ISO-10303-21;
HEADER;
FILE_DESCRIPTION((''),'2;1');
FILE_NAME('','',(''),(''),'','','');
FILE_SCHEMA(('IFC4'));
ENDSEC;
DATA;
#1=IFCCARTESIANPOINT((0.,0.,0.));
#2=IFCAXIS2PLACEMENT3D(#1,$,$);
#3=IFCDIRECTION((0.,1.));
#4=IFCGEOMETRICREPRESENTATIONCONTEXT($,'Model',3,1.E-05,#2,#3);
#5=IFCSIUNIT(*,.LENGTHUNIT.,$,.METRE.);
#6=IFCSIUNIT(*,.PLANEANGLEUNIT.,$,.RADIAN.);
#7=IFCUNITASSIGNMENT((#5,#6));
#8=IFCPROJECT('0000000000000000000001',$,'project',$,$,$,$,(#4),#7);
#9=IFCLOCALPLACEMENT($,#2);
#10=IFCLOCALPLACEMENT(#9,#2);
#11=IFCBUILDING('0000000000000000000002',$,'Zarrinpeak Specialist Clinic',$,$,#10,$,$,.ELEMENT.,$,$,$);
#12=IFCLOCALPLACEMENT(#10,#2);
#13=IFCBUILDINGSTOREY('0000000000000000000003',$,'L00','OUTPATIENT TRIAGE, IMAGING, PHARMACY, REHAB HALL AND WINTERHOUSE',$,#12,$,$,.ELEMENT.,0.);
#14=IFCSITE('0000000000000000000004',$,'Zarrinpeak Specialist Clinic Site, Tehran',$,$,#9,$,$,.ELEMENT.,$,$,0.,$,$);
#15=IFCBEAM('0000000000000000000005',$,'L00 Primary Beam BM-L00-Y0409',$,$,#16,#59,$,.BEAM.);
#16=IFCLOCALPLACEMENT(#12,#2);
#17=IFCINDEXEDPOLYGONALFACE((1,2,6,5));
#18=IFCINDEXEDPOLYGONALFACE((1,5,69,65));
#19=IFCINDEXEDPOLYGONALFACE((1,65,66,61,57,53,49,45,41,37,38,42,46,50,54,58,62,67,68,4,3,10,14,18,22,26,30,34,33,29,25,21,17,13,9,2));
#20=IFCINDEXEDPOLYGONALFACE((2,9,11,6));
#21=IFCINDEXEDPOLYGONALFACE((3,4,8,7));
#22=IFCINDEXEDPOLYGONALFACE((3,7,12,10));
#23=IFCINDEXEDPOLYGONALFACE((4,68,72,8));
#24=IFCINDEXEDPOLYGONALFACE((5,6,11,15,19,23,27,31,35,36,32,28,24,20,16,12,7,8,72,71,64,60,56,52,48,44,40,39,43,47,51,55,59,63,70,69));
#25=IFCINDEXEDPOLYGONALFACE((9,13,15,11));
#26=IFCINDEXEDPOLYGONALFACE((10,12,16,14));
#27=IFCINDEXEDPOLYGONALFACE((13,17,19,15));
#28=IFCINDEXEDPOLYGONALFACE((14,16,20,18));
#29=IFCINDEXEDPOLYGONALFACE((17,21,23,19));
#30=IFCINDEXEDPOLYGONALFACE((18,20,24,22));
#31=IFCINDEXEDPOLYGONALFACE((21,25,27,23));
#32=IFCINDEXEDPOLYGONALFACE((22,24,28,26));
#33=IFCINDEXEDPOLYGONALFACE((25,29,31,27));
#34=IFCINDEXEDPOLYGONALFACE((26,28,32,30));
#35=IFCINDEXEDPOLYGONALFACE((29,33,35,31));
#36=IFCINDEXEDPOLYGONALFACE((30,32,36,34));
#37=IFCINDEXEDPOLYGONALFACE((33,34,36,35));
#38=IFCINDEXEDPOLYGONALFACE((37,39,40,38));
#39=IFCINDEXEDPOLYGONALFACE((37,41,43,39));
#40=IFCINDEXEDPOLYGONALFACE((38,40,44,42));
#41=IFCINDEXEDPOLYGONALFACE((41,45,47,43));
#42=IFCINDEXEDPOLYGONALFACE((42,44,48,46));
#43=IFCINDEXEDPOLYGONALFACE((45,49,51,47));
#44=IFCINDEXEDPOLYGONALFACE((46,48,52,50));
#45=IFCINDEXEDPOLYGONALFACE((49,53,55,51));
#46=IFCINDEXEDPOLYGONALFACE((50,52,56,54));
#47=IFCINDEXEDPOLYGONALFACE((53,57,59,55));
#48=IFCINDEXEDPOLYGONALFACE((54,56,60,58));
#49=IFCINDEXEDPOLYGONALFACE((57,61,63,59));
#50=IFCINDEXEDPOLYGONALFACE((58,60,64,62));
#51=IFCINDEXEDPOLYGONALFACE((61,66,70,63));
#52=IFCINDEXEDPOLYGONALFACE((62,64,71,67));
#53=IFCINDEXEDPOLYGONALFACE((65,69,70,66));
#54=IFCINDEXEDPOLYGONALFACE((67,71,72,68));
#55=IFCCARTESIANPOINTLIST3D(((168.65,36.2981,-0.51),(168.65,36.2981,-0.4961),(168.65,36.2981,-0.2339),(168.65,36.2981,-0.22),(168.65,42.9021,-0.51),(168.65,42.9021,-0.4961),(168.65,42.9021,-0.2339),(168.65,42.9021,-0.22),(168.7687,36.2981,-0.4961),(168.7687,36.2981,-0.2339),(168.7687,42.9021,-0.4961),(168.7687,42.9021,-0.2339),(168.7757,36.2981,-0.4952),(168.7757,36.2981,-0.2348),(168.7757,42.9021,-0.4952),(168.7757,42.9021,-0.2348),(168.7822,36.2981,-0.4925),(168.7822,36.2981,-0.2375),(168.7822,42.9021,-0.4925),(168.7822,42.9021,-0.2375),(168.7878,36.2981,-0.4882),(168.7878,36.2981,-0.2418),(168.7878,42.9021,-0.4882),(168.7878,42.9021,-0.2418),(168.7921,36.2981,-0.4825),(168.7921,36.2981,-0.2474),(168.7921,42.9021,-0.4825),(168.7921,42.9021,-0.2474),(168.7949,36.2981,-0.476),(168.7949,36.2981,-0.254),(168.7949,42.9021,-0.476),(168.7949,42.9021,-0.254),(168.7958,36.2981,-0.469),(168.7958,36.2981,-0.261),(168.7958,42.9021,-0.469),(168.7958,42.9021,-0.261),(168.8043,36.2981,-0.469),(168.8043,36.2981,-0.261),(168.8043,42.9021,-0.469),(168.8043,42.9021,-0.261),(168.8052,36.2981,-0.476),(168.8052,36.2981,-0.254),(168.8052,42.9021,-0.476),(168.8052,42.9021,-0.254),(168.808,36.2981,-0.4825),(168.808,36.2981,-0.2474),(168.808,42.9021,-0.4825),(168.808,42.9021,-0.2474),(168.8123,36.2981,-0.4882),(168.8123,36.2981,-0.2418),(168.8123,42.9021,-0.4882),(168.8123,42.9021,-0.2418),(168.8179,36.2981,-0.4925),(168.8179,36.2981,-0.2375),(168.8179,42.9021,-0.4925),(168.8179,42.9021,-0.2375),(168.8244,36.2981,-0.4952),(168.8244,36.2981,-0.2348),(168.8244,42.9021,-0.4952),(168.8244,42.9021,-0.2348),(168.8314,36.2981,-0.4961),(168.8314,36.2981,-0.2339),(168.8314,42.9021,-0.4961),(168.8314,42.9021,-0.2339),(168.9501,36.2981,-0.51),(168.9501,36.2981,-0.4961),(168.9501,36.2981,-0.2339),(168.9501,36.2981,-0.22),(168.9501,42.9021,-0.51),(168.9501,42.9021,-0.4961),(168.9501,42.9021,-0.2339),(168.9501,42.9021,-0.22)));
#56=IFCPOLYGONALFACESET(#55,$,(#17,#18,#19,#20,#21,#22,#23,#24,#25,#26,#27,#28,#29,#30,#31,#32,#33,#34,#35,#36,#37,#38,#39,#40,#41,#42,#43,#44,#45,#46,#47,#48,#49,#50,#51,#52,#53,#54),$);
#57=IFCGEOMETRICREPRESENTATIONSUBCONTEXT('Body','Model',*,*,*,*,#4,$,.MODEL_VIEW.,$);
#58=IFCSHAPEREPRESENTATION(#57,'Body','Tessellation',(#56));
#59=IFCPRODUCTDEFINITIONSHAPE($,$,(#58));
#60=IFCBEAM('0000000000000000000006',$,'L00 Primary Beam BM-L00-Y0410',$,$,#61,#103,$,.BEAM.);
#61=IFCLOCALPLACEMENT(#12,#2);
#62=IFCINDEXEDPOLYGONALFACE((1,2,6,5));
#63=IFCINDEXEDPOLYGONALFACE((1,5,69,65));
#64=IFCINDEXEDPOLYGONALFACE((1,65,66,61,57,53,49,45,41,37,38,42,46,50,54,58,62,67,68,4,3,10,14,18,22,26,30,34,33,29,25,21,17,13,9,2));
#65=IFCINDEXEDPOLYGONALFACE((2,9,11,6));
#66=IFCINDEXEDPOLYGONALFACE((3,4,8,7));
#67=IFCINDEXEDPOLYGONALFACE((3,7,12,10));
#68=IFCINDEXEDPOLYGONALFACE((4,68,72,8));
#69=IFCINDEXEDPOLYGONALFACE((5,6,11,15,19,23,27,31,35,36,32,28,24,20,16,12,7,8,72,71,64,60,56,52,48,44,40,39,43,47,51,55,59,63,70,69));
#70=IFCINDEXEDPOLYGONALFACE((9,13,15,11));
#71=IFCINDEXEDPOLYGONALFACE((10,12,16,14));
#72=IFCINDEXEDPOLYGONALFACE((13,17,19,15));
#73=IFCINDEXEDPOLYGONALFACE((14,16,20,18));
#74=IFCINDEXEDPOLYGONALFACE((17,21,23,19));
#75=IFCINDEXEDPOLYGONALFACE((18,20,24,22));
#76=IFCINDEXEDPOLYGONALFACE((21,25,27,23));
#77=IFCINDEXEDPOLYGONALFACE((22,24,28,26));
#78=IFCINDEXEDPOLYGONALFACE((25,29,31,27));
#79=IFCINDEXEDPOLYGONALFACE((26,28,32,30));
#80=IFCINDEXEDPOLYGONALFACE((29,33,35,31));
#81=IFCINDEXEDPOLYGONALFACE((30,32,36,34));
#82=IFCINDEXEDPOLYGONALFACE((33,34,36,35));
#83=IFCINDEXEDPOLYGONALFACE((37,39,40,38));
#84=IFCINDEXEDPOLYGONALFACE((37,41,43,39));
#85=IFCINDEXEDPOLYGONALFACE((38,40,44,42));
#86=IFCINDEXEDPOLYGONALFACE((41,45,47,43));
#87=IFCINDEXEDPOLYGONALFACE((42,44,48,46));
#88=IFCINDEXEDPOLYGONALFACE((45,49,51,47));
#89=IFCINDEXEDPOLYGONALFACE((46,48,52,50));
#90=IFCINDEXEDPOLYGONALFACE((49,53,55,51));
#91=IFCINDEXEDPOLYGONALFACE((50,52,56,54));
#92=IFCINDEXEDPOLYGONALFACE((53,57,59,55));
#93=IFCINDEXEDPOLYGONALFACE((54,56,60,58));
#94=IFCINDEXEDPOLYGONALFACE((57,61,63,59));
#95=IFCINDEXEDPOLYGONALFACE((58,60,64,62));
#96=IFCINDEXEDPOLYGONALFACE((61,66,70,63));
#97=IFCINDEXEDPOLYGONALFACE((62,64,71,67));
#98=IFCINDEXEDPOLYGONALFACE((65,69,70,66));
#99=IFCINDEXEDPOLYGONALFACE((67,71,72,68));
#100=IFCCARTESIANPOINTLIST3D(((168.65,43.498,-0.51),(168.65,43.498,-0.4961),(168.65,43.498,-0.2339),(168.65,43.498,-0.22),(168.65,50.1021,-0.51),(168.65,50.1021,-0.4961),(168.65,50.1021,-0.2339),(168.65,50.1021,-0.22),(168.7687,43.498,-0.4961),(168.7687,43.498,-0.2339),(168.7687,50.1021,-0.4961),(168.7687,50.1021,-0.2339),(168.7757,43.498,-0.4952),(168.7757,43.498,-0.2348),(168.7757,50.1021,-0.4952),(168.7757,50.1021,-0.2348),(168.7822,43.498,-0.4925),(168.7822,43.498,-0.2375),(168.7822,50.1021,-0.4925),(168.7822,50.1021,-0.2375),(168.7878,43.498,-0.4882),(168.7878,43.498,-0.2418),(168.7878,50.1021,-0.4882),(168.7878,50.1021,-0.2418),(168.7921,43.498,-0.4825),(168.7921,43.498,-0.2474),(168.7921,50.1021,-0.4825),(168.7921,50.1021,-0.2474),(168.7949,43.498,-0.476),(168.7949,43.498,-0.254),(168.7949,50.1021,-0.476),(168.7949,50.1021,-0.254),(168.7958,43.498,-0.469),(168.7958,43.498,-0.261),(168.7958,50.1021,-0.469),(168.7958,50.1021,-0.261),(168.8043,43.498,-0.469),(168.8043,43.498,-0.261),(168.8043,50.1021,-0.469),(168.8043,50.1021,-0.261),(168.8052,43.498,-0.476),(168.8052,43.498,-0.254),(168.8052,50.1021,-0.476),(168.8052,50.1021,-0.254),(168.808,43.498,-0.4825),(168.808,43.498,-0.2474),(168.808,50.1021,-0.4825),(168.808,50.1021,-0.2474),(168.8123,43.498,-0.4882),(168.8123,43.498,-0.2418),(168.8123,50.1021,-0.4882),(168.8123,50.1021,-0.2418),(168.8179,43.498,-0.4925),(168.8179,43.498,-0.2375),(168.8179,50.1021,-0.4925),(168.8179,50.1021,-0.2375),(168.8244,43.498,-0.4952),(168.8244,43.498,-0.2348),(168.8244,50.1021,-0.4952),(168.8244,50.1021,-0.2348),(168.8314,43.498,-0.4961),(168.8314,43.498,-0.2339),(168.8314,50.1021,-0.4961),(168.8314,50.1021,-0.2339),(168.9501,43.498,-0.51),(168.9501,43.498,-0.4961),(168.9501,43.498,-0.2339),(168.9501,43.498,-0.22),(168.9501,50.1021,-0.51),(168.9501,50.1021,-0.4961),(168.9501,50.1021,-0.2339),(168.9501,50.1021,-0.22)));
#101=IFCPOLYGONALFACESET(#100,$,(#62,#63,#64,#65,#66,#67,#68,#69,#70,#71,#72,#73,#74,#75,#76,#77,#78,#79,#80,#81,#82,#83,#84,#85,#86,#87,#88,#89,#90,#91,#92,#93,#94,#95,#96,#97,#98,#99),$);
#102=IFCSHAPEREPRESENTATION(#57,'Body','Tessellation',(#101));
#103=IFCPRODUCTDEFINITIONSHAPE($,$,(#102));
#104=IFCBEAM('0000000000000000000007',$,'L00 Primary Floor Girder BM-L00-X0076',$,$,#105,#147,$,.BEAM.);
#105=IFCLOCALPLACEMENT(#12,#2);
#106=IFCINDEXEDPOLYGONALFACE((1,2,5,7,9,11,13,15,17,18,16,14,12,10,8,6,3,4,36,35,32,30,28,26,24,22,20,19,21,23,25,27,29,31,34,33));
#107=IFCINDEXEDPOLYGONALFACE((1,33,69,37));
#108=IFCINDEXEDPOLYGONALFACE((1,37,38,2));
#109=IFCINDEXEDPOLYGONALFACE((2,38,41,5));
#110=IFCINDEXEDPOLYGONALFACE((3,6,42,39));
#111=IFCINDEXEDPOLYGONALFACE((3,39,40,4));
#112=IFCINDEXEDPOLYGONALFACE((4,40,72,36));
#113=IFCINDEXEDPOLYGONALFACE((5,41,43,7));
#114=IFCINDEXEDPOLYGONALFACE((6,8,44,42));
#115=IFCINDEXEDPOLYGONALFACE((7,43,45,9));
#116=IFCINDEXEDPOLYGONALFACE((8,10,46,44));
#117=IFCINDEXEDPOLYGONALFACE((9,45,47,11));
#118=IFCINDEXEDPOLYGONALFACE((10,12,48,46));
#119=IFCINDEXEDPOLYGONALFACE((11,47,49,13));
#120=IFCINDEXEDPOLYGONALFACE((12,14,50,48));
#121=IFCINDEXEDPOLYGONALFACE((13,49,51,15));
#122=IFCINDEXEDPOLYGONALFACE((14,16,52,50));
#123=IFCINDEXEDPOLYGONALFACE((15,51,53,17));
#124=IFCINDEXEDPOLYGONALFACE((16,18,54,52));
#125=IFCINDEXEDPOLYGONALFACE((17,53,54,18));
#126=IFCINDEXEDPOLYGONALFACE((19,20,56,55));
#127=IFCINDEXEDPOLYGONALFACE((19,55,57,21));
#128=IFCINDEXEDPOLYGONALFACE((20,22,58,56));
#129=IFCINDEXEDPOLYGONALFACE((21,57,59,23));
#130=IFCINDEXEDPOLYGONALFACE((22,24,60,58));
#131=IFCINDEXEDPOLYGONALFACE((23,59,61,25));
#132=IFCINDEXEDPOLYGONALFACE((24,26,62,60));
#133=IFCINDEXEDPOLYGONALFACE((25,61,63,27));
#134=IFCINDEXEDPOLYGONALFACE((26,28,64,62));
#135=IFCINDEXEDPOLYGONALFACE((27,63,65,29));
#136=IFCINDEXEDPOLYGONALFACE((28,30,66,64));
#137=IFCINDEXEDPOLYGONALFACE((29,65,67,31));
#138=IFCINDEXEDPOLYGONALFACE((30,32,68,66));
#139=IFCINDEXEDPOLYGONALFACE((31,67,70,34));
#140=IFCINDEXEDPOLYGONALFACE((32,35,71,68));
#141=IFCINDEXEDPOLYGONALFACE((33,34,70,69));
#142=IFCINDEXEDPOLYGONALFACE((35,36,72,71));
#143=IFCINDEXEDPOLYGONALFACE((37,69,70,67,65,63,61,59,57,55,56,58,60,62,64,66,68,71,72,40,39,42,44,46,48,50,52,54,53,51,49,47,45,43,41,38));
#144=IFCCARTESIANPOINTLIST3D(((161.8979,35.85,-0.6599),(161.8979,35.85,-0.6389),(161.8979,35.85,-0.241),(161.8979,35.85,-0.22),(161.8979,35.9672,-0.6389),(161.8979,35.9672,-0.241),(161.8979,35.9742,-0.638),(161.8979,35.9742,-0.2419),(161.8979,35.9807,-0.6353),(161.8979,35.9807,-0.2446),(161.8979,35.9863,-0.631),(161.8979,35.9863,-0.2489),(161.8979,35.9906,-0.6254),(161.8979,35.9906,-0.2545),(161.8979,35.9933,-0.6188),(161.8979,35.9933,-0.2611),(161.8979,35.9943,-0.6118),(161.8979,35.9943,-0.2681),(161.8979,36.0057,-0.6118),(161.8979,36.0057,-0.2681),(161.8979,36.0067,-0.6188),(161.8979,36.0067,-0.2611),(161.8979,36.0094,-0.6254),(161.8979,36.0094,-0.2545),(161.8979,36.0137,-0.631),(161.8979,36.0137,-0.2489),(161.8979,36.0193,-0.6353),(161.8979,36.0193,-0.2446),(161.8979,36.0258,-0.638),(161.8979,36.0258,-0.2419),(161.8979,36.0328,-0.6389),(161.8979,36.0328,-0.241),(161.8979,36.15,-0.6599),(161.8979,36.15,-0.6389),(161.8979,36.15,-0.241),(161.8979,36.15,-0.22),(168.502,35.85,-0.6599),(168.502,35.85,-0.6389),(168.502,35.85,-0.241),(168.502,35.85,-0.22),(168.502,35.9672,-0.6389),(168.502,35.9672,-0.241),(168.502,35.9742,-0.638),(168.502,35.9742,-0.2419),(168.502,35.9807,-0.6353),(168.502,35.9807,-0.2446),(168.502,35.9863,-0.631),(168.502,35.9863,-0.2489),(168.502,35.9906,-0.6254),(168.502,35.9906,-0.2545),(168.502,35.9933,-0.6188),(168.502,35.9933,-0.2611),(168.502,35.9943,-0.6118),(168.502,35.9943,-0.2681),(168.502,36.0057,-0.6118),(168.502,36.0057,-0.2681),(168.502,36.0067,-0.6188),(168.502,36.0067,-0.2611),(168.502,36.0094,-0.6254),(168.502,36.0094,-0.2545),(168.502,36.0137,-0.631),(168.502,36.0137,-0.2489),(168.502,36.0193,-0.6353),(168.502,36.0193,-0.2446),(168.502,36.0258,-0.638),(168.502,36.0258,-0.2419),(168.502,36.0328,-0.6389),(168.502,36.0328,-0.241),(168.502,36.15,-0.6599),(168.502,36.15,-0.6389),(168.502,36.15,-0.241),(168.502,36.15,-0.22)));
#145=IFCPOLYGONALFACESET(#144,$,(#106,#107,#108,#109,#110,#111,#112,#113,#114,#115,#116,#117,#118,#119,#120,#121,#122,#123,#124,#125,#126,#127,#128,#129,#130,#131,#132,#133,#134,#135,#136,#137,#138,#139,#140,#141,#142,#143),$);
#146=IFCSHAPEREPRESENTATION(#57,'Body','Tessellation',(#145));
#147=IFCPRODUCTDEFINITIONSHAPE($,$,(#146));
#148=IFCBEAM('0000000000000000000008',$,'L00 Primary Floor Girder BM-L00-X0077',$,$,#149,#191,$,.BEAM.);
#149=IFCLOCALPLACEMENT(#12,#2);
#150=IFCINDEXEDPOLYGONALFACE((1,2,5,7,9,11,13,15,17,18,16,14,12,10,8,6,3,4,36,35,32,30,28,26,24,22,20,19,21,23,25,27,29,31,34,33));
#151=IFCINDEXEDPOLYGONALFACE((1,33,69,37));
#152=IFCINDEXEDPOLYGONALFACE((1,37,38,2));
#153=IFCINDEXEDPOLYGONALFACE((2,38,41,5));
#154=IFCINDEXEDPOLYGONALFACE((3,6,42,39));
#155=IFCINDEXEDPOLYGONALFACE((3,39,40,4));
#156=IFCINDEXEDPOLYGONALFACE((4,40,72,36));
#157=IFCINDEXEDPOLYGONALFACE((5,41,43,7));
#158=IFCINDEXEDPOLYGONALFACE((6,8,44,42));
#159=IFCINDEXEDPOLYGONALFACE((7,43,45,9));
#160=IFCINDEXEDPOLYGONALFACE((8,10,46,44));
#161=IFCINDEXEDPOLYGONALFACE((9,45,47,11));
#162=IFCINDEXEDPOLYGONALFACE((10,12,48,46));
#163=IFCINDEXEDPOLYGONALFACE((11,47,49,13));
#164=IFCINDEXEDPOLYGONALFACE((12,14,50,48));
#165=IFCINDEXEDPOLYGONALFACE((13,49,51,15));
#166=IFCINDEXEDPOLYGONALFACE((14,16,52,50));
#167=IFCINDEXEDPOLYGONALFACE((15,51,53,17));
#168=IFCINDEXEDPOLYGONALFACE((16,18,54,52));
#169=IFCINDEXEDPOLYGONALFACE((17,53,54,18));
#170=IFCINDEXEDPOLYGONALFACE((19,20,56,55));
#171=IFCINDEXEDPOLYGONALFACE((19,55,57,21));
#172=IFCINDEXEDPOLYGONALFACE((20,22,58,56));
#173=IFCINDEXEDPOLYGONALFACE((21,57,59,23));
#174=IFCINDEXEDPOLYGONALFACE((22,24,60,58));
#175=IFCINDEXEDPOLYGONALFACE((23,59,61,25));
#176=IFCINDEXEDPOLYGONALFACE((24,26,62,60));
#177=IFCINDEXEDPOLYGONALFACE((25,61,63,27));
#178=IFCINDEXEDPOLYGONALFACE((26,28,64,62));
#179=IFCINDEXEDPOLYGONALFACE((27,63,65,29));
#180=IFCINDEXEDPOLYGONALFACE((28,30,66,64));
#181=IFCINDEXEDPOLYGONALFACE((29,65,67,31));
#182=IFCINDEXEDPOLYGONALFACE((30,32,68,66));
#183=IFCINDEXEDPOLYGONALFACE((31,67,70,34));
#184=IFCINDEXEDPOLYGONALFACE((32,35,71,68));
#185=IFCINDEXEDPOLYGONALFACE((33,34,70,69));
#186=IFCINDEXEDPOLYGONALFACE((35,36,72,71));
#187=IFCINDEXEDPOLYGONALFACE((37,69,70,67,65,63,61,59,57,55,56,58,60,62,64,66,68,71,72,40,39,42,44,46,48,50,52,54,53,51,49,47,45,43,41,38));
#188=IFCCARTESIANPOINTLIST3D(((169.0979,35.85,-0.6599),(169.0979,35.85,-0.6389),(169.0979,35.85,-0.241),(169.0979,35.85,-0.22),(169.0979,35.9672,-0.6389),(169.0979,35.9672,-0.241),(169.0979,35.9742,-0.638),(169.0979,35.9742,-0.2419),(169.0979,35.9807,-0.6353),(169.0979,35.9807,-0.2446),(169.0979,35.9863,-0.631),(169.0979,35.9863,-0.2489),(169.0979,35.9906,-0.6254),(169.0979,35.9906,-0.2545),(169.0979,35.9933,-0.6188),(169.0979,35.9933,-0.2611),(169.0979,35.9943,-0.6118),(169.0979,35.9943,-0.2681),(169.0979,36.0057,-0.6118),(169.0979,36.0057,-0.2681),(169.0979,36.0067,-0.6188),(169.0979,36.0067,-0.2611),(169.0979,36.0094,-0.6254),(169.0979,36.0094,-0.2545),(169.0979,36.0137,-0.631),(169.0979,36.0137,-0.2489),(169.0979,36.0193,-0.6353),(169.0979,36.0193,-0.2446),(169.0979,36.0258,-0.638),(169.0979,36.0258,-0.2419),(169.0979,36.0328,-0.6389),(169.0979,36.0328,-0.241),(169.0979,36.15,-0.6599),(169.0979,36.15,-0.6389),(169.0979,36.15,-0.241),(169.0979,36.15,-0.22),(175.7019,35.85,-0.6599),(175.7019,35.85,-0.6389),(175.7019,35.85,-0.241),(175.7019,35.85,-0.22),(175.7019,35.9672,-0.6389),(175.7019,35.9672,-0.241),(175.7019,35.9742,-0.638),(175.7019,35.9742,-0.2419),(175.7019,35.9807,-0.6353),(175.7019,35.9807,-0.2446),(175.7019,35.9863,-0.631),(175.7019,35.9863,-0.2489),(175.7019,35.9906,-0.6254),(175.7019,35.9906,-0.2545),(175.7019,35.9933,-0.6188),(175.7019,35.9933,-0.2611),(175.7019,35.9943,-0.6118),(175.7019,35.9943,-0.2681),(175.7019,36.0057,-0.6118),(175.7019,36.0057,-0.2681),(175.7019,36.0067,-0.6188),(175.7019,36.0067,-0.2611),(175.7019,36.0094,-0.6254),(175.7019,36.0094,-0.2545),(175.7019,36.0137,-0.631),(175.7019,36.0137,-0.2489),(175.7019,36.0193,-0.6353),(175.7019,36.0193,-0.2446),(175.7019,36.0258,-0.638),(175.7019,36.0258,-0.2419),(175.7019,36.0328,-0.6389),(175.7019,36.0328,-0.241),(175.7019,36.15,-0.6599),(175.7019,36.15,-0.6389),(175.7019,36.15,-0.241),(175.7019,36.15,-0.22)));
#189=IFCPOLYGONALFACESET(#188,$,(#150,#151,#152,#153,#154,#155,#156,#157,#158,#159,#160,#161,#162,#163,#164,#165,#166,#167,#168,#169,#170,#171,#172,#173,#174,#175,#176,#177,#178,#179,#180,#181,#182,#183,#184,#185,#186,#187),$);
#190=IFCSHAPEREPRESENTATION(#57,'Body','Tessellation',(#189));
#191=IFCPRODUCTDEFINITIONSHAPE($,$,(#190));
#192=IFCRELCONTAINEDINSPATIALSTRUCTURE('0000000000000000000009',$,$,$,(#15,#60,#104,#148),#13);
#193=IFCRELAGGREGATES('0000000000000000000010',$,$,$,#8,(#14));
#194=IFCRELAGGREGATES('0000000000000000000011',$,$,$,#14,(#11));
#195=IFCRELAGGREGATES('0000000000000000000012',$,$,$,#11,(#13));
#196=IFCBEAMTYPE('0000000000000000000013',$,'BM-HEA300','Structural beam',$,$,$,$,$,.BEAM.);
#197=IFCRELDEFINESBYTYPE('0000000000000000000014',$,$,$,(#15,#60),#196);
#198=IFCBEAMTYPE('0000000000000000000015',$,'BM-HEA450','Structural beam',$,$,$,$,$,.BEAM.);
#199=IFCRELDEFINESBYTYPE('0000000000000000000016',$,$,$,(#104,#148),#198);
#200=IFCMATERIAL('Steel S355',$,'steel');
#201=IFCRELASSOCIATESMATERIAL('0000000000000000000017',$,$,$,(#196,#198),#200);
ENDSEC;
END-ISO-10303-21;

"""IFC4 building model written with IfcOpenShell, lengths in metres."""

from ifc_helpers import new_model, si_unit, direction, frame, origin, origin_2d, place, context, subcontext, project, spatial, i_section, extrude, material, material_profile, profile_set, type_object, element, save


model = new_model("IFC4")

# Units and contexts
model_context = context("Model", 3, precision=1e-05, world=origin(), true_north=direction((0.0, 1.0)))
body_context = subcontext(model_context, "Body", "Model", "MODEL_VIEW")
ifc_project = project(units=[si_unit("LENGTHUNIT", "METRE"), si_unit("PLANEANGLEUNIT", "RADIAN")], contexts=[model_context])

# Site, building, storey
site_placement = place(None, origin())
site = spatial("IfcSite", under=ifc_project, at=site_placement, Name="Zarrinpeak Specialist Clinic Site, Tehran", CompositionType="ELEMENT", RefElevation=0.0)
building_placement = place(site_placement, origin())
building = spatial("IfcBuilding", under=site, at=building_placement, Name="Zarrinpeak Specialist Clinic", CompositionType="ELEMENT")
storey_placement = place(building_placement, origin())
storey = spatial("IfcBuildingStorey", under=building, at=storey_placement, Name="L00", Description="OUTPATIENT TRIAGE, IMAGING, PHARMACY, REHAB HALL AND WINTERHOUSE", CompositionType="ELEMENT", Elevation=0.0)

# Beams
ifc_material_1 = material(Name="Steel S355", Category="steel")
ifc_material_profile_1 = material_profile(ifc_material_1, i_section(OverallWidth=0.3, OverallDepth=0.29, WebThickness=0.0085, FlangeThickness=0.0139, FilletRadius=0.0271, at=origin_2d()), Name="HEA 300")
ifc_profile_set_1 = profile_set([ifc_material_profile_1], Name="Steel S355")
beam_type_1 = type_object("IfcBeamType", Name="BM-HEA300", Description="Structural beam", PredefinedType="BEAM", material=ifc_profile_set_1)
for number, where, z_axis, x_axis, name in (
    (1, (168.8, 36.2981, -0.365), (0.0, 1.0, 0.0), (-1.0, 0.0, 0.0), "L00 Primary Beam BM-L00-Y0409"),
    (2, (168.8, 43.498, -0.365), (0.0, 1.0, 0.0), (-1.0, 0.0, 0.0), "L00 Primary Beam BM-L00-Y0410"),
):
    element("IfcBeam", number, at=place(storey_placement, frame(where, z_axis=z_axis, x_axis=x_axis)), inside=storey, type_object=beam_type_1, Name=name, PredefinedType="BEAM", context=body_context, shape_type="SweptSolid", body=[
        extrude(i_section(OverallWidth=0.3, OverallDepth=0.29, WebThickness=0.0085, FlangeThickness=0.0139, FilletRadius=0.0271, at=origin_2d()), origin(), (0.0, 0.0, 1.0), 6.604),
    ])
ifc_material_profile_2 = material_profile(ifc_material_1, i_section(OverallWidth=0.3, OverallDepth=0.4399, WebThickness=0.0115, FlangeThickness=0.021, FilletRadius=0.0271, at=origin_2d()), Name="HEA 450")
ifc_profile_set_2 = profile_set([ifc_material_profile_2], Name="Steel S355")
beam_type_2 = type_object("IfcBeamType", Name="BM-HEA450", Description="Structural beam", PredefinedType="BEAM", material=ifc_profile_set_2)
for number, where, z_axis, x_axis, name in (
    (3, (161.8979, 36.0, -0.4399), (1.0, 0.0, 0.0), (0.0, 1.0, 0.0), "L00 Primary Floor Girder BM-L00-X0076"),
    (4, (169.0979, 36.0, -0.4399), (1.0, 0.0, 0.0), (0.0, 1.0, 0.0), "L00 Primary Floor Girder BM-L00-X0077"),
):
    element("IfcBeam", number, at=place(storey_placement, frame(where, z_axis=z_axis, x_axis=x_axis)), inside=storey, type_object=beam_type_2, Name=name, PredefinedType="BEAM", context=body_context, shape_type="SweptSolid", body=[
        extrude(i_section(OverallWidth=0.3, OverallDepth=0.4399, WebThickness=0.0115, FlangeThickness=0.021, FilletRadius=0.0271, at=origin_2d()), origin(), (0.0, 0.0, 1.0), 6.604),
    ])

save(model, "model.ifc")
